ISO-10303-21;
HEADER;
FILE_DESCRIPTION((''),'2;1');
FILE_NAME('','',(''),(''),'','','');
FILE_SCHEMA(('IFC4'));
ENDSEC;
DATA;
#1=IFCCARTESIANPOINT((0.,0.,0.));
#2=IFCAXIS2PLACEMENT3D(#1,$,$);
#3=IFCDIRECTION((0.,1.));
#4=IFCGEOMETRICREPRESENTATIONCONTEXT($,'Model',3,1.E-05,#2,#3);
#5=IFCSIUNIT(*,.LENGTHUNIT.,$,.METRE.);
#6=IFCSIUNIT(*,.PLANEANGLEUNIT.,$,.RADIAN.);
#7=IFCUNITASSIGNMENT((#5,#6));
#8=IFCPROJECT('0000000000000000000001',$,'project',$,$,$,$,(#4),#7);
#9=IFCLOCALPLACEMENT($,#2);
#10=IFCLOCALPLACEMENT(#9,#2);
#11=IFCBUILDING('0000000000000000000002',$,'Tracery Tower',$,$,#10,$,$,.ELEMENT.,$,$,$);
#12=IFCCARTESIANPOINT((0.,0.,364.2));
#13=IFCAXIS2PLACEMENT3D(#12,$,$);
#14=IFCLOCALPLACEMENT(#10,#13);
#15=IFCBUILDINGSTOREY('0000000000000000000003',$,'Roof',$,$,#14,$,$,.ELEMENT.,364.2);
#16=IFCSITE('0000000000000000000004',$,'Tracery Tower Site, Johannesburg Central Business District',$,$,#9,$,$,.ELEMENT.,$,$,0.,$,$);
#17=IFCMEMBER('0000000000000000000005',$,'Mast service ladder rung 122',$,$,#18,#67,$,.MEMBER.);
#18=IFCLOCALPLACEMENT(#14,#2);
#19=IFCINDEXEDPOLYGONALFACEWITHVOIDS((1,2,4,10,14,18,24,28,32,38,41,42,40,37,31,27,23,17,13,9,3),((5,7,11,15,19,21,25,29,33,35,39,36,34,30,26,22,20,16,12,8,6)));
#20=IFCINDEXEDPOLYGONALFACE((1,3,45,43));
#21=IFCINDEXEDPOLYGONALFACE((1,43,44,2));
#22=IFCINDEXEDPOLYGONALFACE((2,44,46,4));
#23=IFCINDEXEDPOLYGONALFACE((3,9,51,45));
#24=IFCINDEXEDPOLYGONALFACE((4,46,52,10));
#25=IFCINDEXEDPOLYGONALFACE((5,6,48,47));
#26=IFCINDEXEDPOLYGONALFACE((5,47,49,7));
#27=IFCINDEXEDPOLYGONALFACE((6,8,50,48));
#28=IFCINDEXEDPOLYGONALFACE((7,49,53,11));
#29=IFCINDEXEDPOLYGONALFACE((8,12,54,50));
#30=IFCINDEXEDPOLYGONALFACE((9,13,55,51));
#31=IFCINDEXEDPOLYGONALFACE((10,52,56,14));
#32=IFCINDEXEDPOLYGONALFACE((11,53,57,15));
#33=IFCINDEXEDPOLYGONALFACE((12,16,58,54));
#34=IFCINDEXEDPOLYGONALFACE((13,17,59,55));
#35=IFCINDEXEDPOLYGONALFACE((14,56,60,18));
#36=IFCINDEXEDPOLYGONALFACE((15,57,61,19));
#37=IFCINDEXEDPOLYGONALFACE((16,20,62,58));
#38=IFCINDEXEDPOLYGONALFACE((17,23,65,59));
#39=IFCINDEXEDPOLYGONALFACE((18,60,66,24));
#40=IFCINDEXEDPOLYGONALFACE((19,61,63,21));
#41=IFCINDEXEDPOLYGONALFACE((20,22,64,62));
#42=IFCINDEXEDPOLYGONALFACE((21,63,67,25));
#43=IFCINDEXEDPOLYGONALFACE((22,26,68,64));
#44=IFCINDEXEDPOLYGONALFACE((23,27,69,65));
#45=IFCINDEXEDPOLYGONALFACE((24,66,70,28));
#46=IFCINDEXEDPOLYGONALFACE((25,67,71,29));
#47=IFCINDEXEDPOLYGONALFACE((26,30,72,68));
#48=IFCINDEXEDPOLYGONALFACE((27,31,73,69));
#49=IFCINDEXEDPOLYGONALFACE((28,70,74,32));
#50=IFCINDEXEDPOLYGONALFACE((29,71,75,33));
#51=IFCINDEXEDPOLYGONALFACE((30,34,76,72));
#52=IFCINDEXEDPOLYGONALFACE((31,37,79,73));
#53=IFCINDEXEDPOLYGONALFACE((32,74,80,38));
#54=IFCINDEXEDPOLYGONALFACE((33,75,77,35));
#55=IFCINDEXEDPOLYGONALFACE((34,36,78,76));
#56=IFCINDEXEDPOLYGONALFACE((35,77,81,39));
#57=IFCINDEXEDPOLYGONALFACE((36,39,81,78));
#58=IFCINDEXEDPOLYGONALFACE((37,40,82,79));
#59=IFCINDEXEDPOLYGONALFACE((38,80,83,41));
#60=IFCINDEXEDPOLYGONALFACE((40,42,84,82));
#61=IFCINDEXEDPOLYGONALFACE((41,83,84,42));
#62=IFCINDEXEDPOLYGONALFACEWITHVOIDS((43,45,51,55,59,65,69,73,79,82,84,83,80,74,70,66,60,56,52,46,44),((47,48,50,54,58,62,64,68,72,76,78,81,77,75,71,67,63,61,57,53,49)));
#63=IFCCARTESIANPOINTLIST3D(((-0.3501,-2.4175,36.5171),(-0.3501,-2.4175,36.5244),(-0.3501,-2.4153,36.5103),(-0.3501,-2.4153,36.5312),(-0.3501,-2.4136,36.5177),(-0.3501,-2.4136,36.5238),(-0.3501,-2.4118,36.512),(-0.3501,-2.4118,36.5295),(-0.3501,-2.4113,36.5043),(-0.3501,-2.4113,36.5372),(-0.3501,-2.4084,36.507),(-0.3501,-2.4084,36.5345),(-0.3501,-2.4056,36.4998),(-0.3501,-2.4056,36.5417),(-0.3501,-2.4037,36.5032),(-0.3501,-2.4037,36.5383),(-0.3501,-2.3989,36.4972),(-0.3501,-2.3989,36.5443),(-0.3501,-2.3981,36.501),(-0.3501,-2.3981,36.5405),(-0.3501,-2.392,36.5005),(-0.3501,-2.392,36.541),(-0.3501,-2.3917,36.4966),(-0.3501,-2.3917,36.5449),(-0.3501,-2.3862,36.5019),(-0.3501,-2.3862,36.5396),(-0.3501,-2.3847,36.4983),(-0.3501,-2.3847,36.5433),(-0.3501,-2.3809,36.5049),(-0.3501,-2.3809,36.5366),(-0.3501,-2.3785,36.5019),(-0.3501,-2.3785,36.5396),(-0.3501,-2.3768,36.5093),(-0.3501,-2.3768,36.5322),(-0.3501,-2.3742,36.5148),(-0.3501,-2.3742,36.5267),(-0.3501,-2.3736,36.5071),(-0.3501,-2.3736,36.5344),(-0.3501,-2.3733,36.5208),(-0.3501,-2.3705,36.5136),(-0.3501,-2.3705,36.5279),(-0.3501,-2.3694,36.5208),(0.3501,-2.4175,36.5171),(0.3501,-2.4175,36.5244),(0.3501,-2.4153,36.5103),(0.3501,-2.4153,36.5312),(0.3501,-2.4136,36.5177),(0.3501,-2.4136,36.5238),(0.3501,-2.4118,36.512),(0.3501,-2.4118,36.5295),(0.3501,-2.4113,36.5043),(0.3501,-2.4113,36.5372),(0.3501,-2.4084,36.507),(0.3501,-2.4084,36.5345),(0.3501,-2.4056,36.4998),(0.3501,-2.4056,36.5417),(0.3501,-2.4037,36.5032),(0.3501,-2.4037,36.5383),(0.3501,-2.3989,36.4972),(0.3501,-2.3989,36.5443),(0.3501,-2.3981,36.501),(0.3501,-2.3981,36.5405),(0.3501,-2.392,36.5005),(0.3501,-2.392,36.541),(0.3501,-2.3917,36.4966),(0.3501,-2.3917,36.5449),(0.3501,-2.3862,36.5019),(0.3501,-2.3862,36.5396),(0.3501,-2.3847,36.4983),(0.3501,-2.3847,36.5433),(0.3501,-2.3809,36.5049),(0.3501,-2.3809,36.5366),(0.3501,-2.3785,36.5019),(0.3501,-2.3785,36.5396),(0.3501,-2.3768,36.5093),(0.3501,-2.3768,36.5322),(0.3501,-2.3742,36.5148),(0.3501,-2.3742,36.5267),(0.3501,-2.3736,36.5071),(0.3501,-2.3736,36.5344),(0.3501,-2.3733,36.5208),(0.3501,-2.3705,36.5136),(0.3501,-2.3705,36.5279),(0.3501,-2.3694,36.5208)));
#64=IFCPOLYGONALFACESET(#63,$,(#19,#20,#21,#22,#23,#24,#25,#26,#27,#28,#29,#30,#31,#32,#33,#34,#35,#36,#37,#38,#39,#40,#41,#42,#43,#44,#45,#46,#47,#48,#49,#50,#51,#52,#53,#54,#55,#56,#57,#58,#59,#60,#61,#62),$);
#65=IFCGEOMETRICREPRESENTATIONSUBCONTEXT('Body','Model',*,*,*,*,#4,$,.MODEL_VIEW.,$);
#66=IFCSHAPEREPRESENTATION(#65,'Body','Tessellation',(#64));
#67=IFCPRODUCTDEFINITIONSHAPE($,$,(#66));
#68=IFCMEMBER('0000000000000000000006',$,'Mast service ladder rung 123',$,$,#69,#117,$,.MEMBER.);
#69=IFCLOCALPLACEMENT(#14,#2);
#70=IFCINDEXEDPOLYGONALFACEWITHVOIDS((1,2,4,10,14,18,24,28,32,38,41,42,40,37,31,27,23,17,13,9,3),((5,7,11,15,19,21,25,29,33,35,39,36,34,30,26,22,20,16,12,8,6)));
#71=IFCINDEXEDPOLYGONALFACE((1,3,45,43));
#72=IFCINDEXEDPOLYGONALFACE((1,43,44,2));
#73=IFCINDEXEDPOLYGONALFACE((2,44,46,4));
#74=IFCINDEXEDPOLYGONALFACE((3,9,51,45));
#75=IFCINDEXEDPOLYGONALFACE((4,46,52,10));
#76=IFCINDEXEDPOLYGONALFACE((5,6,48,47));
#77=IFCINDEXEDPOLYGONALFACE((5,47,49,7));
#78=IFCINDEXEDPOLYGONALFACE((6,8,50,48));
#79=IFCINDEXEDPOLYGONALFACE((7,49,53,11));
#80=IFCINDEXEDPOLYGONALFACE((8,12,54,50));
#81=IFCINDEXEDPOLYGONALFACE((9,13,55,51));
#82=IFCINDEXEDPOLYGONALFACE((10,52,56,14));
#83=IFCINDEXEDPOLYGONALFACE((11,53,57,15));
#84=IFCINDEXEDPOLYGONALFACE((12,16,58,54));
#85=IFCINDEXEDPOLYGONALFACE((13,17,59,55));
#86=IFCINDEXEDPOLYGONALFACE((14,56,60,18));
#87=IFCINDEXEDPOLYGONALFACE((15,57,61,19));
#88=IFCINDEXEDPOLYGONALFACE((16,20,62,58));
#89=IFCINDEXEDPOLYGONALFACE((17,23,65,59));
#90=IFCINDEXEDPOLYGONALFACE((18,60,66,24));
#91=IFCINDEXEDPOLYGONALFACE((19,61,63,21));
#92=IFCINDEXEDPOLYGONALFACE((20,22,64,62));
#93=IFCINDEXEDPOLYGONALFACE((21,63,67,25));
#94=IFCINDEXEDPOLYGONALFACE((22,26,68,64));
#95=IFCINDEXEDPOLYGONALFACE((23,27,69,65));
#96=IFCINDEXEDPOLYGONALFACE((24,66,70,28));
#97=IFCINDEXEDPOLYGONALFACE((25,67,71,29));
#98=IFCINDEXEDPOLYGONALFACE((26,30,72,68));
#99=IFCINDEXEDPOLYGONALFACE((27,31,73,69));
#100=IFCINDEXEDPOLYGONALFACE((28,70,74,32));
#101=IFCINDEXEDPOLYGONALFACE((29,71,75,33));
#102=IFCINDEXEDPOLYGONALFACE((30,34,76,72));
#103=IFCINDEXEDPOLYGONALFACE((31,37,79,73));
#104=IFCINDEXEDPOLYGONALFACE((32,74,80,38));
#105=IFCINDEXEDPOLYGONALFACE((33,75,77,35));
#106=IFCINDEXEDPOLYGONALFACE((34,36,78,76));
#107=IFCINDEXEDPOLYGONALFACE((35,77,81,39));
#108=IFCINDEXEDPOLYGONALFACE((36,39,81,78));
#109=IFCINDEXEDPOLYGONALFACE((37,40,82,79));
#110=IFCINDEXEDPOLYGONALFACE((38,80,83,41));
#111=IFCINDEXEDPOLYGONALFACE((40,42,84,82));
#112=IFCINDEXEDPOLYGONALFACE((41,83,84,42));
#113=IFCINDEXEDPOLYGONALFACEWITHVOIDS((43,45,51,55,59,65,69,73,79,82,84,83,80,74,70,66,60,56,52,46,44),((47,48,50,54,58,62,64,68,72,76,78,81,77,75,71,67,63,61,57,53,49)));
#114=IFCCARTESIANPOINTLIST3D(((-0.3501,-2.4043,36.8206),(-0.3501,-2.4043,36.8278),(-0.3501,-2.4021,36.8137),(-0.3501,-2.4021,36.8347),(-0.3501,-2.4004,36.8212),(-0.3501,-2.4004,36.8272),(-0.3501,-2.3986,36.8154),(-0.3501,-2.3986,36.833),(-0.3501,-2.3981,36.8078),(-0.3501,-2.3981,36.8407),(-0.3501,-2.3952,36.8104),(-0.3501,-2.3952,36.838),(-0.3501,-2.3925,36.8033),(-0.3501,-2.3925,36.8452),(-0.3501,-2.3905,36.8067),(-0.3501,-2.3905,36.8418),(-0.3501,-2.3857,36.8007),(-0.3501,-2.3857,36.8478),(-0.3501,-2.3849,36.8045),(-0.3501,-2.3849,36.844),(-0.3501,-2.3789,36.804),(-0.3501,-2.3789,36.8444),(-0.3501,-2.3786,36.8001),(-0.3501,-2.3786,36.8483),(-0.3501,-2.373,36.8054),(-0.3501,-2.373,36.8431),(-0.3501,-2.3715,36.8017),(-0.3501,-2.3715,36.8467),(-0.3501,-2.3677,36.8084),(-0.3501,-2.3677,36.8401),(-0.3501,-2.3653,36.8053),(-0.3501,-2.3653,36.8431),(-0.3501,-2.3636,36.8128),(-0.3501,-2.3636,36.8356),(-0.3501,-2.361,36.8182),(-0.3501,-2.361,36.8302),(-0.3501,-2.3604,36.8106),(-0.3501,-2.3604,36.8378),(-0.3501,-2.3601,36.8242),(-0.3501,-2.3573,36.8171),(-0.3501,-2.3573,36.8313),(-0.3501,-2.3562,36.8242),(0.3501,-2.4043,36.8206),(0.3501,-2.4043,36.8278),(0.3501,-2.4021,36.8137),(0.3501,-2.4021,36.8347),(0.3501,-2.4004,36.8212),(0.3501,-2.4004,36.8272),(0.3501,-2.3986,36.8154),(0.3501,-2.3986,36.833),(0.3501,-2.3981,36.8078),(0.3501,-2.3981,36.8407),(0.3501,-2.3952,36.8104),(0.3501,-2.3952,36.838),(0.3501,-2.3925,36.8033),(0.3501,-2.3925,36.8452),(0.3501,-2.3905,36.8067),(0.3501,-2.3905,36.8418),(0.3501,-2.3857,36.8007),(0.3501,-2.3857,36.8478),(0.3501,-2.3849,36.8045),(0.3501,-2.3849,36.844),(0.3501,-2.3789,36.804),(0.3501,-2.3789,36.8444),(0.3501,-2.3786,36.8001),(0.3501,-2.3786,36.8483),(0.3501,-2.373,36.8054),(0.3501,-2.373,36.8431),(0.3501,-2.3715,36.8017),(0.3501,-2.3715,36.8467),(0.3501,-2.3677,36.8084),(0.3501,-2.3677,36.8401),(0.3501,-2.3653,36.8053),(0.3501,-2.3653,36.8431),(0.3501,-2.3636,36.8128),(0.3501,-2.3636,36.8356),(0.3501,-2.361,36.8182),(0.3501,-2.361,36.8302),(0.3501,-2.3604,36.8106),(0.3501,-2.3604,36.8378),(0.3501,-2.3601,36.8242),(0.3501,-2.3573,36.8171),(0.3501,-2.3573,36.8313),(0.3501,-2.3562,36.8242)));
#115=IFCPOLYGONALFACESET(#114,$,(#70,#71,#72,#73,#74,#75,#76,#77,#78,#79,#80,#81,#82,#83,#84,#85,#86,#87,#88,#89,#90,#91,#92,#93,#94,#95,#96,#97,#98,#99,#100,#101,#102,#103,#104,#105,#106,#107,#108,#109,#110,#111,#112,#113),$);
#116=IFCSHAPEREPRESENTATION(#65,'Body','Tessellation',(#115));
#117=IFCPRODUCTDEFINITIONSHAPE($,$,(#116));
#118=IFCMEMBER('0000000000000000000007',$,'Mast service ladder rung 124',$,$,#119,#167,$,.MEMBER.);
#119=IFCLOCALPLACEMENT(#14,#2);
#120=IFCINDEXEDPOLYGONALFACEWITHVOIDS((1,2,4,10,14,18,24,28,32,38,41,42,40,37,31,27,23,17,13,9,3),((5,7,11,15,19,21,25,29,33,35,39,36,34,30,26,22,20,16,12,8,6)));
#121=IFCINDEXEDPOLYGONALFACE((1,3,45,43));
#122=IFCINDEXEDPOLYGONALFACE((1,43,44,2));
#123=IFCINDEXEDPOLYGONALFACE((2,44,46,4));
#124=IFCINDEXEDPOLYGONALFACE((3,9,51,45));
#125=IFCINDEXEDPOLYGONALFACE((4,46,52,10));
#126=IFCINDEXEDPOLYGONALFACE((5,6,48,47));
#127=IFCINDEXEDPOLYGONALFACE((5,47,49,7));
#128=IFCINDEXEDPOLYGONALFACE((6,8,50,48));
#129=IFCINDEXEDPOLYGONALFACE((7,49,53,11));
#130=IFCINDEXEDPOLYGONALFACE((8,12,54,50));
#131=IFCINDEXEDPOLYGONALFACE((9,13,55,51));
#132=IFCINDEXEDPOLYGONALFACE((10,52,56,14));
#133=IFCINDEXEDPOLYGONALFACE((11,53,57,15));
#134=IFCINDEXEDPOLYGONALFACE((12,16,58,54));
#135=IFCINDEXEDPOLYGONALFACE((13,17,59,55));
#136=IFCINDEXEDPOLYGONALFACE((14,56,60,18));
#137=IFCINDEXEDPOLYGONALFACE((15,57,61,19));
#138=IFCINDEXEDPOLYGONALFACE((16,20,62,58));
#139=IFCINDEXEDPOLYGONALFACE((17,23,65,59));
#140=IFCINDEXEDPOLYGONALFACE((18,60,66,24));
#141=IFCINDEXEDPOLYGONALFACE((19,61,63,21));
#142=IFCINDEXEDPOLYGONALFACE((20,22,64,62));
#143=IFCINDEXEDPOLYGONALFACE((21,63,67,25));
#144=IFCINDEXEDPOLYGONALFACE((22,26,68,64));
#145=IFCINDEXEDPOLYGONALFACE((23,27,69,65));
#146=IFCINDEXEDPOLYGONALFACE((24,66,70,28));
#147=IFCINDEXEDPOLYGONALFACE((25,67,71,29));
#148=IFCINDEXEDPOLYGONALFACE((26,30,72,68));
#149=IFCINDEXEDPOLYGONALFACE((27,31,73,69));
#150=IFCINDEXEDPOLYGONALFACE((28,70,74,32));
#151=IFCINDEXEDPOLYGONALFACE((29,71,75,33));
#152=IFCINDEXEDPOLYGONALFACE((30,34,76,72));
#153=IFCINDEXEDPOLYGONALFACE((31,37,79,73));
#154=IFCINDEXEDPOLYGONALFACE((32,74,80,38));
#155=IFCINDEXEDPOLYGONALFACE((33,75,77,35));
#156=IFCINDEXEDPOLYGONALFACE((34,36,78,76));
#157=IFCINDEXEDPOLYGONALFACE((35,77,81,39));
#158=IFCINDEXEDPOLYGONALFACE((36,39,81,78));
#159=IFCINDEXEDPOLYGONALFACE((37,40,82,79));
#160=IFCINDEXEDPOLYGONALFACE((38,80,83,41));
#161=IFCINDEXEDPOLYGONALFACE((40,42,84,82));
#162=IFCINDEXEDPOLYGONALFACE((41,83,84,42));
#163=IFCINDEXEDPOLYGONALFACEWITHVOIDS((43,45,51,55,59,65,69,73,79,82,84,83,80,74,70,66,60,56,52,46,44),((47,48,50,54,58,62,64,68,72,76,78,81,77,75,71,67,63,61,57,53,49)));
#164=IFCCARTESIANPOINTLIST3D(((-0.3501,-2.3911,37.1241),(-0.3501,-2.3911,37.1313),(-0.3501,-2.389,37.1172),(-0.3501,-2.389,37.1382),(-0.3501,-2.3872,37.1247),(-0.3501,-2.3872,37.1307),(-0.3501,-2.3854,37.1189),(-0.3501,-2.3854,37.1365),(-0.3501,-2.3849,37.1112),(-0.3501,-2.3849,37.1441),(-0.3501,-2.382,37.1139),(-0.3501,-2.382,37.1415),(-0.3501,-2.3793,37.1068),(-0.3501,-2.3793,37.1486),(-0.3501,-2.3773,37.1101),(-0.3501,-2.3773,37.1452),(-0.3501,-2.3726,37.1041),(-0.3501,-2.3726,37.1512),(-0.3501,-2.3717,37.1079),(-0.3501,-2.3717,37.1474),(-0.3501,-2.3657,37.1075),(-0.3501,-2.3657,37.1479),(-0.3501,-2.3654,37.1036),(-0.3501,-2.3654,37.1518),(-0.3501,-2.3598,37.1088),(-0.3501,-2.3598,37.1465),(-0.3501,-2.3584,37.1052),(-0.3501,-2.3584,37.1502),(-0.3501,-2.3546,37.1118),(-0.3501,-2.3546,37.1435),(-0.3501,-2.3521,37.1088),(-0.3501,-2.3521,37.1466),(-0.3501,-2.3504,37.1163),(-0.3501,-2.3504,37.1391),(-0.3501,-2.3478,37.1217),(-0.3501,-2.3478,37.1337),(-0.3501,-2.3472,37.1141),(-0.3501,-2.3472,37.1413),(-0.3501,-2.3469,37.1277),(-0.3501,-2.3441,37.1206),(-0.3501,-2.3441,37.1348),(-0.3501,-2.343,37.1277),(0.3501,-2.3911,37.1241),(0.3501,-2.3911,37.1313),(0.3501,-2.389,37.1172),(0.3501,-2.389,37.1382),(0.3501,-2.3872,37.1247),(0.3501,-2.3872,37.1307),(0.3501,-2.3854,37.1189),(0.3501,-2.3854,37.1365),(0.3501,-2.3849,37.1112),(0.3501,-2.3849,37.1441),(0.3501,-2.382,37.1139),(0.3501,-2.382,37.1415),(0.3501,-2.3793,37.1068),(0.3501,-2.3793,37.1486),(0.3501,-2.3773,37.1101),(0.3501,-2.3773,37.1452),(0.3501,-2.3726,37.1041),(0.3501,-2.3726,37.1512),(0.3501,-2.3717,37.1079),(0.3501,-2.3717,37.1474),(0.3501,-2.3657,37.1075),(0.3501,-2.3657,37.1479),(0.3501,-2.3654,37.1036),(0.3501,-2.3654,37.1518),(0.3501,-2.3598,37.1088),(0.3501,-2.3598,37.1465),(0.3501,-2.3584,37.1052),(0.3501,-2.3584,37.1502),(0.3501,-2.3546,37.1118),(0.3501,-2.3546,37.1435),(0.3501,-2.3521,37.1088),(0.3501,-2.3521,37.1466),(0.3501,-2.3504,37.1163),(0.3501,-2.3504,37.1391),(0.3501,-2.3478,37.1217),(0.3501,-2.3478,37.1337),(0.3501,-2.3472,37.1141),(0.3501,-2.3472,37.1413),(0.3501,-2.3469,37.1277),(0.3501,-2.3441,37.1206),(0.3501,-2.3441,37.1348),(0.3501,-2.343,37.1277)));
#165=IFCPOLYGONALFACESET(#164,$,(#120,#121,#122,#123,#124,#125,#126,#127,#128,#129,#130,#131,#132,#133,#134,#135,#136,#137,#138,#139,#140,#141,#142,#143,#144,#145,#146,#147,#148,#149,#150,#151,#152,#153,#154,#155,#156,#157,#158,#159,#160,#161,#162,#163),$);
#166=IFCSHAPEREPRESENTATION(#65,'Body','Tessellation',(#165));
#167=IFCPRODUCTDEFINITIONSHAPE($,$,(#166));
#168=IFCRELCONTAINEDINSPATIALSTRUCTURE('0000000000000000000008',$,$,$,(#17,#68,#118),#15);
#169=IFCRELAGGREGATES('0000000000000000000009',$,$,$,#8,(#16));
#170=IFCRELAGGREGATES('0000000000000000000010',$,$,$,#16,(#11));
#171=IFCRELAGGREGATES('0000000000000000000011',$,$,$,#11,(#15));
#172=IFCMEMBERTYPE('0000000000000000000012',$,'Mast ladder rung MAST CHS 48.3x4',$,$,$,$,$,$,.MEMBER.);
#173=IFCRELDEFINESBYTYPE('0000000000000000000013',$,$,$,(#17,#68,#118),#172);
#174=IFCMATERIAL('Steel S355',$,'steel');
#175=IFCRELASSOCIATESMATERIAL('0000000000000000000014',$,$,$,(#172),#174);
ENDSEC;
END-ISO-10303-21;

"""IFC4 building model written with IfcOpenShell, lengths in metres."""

from ifc_helpers import new_model, si_unit, direction, frame, origin, origin_2d, place, context, subcontext, project, spatial, hollow_circle, extrude, material, material_profile, profile_set, type_object, element, save


model = new_model("IFC4")

# Units and contexts
model_context = context("Model", 3, precision=1e-05, world=origin(), true_north=direction((0.0, 1.0)))
body_context = subcontext(model_context, "Body", "Model", "MODEL_VIEW")
ifc_project = project(units=[si_unit("LENGTHUNIT", "METRE"), si_unit("PLANEANGLEUNIT", "RADIAN")], contexts=[model_context])

# Site, building, storey
site_placement = place(None, origin())
site = spatial("IfcSite", under=ifc_project, at=site_placement, Name="Tracery Tower Site, Johannesburg Central Business District", CompositionType="ELEMENT", RefElevation=0.0)
building_placement = place(site_placement, origin())
building = spatial("IfcBuilding", under=site, at=building_placement, Name="Tracery Tower", CompositionType="ELEMENT")
storey_placement = place(building_placement, frame((0.0, 0.0, 364.2)))
storey = spatial("IfcBuildingStorey", under=building, at=storey_placement, Name="Roof", CompositionType="ELEMENT", Elevation=364.2)

# Members
ifc_material_1 = material(Name="Steel S355", Category="steel")
ifc_material_profile_1 = material_profile(ifc_material_1, hollow_circle(Radius=0.0242, WallThickness=0.0039, at=origin_2d()), Name="CHS 48.3x4")
ifc_profile_set_1 = profile_set([ifc_material_profile_1], Name="Steel S355")
member_type_1 = type_object("IfcMemberType", Name="Mast ladder rung MAST CHS 48.3x4", PredefinedType="MEMBER", material=ifc_profile_set_1)
for number, where, z_axis, x_axis, name in (
    (1, (-0.3501, -2.3936, 36.5208), (1.0, 0.0, 0.0), (0.0, 1.0, 0.0), "Mast service ladder rung 122"),
    (2, (-0.3501, -2.3804, 36.8242), (1.0, 0.0, 0.0), (0.0, 1.0, 0.0), "Mast service ladder rung 123"),
    (3, (-0.3501, -2.3672, 37.1277), (1.0, 0.0, 0.0), (0.0, 1.0, 0.0), "Mast service ladder rung 124"),
):
    element("IfcMember", number, at=place(storey_placement, frame(where, z_axis=z_axis, x_axis=x_axis)), inside=storey, type_object=member_type_1, Name=name, PredefinedType="MEMBER", context=body_context, shape_type="SweptSolid", body=[
        extrude(hollow_circle(Radius=0.0242, WallThickness=0.0039, at=origin_2d()), origin(), (0.0, 0.0, 1.0), 0.7002),
    ])

save(model, "model.ifc")
